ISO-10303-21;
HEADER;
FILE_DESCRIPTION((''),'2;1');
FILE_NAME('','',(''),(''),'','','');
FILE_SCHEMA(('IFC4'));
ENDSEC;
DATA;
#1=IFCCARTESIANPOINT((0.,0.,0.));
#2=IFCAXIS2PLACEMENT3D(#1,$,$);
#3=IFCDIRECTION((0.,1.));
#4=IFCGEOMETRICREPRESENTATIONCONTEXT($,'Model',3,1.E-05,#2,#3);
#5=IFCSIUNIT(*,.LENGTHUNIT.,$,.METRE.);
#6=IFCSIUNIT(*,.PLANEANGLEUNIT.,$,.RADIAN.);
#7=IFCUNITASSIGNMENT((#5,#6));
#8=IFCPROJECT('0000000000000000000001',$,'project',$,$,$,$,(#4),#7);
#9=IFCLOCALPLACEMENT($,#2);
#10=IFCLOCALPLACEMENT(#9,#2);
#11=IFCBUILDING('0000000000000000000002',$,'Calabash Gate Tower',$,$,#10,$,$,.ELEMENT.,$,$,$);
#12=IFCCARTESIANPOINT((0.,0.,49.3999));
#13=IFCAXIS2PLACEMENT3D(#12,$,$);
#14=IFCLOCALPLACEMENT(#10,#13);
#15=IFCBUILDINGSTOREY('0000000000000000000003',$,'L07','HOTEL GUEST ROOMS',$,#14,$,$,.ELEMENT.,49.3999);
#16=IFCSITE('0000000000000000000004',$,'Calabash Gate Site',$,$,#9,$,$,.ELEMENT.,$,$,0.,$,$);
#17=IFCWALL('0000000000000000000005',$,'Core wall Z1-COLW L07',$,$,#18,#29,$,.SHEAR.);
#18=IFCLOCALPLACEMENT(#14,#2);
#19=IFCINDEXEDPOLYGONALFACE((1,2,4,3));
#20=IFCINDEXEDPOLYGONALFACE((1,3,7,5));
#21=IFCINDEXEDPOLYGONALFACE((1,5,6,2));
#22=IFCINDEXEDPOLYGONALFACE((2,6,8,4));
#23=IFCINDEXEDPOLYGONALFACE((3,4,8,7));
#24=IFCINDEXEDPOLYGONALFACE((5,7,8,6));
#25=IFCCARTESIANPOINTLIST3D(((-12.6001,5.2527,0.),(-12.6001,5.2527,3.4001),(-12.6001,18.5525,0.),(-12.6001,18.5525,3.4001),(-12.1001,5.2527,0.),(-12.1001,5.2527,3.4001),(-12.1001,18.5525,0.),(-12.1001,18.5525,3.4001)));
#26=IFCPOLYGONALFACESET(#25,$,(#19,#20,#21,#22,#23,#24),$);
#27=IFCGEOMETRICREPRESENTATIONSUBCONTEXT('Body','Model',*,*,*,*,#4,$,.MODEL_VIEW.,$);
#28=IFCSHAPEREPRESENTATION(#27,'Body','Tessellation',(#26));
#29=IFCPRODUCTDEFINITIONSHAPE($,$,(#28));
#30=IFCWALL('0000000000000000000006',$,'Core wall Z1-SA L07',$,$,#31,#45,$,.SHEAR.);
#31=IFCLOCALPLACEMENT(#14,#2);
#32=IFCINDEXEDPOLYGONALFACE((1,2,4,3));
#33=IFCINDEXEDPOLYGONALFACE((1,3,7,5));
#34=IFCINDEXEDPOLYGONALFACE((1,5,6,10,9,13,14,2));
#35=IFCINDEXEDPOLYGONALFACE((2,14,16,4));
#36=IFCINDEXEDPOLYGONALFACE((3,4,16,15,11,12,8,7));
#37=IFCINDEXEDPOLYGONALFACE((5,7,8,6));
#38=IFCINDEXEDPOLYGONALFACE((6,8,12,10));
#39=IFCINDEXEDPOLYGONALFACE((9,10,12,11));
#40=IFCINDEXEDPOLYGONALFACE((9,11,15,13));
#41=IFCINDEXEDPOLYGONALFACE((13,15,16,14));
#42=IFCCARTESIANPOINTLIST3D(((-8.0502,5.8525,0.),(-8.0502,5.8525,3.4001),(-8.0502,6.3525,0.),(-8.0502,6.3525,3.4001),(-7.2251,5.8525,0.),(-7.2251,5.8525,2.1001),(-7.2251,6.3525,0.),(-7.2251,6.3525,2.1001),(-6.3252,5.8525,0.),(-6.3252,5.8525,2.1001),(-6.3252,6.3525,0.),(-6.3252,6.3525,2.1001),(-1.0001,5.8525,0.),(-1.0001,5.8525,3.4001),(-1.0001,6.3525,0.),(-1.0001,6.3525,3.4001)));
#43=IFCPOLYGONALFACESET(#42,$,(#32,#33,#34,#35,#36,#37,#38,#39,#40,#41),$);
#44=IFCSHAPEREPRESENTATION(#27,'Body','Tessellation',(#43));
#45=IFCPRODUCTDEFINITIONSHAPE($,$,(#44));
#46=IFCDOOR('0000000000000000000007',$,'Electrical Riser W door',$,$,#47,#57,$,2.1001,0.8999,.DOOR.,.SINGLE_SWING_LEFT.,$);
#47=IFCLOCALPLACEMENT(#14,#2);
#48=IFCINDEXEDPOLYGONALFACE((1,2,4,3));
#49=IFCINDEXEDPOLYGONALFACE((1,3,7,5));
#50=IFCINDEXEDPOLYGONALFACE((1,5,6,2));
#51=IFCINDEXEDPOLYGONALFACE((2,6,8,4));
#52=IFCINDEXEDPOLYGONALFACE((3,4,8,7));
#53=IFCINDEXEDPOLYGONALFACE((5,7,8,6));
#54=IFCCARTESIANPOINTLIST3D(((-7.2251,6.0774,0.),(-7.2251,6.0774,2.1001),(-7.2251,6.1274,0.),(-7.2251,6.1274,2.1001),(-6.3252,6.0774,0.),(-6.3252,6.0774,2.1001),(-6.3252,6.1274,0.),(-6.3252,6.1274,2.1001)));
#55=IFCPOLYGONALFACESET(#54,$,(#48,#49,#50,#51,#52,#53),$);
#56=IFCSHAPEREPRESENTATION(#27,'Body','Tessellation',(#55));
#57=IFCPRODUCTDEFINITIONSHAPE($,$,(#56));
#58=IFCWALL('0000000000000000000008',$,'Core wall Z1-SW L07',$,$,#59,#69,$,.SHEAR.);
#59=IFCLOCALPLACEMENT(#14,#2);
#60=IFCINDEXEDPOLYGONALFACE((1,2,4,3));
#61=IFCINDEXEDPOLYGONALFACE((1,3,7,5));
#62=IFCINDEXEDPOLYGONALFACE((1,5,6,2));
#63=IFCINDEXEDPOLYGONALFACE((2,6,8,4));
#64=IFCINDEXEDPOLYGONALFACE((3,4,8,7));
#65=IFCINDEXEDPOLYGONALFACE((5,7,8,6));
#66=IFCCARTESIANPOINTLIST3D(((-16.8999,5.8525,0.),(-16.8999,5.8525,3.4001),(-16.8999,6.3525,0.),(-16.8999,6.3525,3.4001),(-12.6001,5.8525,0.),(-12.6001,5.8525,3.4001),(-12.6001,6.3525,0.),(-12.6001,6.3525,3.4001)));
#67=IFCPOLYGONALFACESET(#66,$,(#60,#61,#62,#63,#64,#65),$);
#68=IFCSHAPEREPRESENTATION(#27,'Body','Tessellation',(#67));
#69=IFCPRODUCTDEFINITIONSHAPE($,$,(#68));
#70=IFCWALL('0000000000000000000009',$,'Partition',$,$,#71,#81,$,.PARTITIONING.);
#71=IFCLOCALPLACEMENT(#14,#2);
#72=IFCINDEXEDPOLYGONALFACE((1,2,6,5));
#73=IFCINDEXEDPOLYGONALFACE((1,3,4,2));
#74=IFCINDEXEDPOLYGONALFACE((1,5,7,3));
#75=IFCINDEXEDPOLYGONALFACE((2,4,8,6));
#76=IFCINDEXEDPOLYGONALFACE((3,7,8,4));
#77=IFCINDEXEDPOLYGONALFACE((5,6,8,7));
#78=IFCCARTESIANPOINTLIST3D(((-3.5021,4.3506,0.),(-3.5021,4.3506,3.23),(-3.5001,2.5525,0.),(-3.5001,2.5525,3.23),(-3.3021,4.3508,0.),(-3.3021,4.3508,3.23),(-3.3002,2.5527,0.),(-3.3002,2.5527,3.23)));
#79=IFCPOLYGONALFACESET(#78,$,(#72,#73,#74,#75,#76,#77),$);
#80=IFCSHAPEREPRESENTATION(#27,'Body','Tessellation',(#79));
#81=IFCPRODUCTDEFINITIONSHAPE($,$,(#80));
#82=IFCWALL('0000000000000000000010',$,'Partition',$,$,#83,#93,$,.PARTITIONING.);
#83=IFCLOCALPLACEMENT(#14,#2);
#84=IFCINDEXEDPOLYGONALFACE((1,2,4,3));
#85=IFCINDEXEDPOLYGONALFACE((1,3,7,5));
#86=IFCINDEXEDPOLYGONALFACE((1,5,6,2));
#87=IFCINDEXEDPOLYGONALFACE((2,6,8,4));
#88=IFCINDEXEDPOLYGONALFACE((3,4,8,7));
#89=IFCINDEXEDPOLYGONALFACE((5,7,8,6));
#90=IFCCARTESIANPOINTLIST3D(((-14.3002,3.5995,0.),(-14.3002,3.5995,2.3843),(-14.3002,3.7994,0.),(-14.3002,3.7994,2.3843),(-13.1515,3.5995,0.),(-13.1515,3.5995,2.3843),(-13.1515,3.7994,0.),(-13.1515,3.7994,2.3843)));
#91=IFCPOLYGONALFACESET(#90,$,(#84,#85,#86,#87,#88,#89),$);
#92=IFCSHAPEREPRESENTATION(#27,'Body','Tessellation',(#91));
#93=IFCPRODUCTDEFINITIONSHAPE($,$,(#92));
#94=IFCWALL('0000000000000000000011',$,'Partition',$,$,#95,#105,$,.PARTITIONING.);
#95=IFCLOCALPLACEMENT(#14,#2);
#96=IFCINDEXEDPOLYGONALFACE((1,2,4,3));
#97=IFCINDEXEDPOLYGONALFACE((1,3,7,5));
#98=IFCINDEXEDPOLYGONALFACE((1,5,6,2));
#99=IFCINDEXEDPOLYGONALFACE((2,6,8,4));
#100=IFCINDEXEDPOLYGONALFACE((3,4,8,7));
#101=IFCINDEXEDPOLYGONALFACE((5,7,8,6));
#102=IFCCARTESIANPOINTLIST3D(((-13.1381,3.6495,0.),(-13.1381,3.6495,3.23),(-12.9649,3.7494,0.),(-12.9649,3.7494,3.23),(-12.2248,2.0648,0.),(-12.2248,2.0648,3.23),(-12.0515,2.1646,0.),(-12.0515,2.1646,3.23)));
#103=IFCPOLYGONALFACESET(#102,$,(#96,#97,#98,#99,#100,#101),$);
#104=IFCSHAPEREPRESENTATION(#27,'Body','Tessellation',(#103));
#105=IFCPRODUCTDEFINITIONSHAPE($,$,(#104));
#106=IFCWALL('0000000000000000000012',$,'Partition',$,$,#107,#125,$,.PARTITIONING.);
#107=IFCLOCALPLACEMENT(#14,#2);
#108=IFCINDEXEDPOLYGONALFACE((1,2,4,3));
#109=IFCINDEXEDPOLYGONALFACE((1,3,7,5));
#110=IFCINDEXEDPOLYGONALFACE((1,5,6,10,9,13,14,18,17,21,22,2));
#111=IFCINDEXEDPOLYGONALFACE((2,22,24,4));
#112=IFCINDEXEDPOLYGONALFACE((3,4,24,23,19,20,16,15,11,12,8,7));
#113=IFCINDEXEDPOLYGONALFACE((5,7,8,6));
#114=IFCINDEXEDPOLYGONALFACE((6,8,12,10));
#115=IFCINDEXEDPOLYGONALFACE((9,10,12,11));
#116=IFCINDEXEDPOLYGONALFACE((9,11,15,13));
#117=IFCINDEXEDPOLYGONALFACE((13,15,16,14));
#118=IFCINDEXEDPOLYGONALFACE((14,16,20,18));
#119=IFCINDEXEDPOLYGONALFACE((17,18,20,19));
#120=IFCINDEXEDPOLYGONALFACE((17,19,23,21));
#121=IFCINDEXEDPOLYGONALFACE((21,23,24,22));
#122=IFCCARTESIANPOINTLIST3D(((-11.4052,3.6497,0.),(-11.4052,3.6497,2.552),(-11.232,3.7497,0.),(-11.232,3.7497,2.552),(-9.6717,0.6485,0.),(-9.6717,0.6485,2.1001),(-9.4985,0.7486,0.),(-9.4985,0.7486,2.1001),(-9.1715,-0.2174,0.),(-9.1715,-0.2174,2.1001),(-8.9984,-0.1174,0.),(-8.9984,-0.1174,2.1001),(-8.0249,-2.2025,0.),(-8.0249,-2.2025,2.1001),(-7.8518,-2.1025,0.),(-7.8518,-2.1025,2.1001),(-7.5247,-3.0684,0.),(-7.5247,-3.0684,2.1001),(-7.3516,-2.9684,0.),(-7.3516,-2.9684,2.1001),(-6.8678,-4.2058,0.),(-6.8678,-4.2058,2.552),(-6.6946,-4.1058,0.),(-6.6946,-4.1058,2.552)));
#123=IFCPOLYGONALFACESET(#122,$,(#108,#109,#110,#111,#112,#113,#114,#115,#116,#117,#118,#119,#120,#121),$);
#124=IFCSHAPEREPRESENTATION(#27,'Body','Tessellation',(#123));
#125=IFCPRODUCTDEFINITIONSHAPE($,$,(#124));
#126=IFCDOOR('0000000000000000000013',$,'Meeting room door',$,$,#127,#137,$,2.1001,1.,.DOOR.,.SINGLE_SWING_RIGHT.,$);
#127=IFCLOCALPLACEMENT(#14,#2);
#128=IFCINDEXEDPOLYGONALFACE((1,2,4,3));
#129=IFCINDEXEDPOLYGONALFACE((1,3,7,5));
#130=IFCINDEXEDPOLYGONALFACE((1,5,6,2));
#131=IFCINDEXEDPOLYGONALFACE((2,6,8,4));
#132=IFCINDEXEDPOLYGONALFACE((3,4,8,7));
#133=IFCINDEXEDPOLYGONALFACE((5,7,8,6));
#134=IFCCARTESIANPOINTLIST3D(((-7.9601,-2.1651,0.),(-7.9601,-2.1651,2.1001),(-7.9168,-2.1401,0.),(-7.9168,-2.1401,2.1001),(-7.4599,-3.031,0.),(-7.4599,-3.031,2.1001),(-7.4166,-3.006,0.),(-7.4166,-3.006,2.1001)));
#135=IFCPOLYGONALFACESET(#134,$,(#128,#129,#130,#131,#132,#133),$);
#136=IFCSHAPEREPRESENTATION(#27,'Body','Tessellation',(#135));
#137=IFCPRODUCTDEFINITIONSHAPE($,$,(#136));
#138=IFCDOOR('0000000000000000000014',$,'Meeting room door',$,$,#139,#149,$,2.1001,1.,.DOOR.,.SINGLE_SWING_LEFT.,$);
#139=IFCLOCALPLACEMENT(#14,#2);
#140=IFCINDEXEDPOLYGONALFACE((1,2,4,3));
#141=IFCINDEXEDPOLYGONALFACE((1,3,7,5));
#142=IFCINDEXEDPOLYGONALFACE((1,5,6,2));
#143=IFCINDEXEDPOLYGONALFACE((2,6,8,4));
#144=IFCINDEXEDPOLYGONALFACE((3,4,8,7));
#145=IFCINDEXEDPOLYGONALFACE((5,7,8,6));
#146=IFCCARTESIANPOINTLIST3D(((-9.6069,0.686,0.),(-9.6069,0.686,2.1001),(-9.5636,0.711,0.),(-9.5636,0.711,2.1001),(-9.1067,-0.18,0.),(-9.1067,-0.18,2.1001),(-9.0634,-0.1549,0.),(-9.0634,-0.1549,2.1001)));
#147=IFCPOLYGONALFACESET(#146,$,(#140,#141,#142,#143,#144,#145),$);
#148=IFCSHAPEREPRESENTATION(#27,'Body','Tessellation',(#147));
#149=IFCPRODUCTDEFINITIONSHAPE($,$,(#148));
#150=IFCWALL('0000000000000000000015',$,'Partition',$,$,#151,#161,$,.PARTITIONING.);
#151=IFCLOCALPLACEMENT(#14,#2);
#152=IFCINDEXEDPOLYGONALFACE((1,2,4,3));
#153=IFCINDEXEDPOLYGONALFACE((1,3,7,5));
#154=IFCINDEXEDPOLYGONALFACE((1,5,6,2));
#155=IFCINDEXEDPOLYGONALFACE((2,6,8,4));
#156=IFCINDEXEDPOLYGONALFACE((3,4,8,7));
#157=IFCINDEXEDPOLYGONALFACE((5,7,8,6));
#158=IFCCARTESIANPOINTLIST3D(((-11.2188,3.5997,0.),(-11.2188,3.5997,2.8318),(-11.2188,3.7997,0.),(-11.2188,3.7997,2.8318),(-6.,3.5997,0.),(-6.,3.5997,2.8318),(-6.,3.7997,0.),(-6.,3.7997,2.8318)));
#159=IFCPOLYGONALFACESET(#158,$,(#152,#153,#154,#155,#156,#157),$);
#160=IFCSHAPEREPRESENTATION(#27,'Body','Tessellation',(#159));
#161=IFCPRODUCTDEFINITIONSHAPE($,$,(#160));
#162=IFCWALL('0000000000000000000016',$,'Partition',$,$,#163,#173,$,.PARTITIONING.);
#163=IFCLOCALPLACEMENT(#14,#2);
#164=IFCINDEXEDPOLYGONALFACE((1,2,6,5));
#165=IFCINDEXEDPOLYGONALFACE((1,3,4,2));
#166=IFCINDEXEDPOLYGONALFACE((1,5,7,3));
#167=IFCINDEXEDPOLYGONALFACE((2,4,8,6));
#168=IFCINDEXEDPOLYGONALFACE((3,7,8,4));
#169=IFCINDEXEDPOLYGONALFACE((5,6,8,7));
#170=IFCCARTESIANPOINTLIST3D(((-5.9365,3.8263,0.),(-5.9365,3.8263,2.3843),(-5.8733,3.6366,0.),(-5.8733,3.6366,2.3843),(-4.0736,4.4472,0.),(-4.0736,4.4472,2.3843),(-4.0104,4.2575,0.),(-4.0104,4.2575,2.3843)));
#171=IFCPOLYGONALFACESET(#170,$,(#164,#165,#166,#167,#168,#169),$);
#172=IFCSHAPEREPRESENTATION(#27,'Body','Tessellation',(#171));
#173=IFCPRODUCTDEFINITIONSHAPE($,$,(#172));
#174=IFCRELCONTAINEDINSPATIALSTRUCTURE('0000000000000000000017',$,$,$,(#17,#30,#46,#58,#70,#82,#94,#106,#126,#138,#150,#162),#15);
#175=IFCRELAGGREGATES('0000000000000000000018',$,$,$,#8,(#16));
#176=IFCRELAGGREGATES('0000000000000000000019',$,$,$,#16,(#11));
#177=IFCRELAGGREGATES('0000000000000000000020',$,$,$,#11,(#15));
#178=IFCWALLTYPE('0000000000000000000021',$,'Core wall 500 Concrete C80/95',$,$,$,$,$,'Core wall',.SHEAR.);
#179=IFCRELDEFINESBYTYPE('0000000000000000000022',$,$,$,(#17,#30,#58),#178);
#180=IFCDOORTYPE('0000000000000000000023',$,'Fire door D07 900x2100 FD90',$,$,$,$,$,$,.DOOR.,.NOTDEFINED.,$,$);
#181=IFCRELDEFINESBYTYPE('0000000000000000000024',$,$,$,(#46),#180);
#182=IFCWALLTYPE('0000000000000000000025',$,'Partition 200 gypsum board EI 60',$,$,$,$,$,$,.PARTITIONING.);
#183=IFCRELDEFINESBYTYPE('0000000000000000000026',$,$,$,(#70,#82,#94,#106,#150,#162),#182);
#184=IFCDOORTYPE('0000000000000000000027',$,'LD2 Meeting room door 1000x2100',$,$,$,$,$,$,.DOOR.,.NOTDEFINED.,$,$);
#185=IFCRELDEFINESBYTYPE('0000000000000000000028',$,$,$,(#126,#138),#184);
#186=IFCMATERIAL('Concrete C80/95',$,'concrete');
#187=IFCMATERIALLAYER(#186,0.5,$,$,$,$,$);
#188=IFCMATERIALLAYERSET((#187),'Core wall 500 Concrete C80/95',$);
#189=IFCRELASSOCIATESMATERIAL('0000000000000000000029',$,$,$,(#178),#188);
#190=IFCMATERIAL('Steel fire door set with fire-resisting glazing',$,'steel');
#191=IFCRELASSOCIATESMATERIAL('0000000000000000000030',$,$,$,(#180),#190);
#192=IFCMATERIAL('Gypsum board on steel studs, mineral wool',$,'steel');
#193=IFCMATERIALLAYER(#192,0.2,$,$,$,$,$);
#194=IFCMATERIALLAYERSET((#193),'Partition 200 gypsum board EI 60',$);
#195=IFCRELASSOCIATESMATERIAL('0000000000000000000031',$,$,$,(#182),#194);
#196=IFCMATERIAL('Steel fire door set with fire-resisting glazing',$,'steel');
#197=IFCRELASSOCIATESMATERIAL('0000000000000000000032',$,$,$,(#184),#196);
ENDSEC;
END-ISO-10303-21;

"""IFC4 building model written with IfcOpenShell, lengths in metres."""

from ifc_helpers import new_model, si_unit, direction, frame, frame_2d, origin, place, context, subcontext, project, spatial, rectangle, extrude, material, layer, layer_set, type_object, element, fill, save


model = new_model("IFC4")

# Units and contexts
model_context = context("Model", 3, precision=1e-05, world=origin(), true_north=direction((0.0, 1.0)))
body_context = subcontext(model_context, "Body", "Model", "MODEL_VIEW")
ifc_project = project(units=[si_unit("LENGTHUNIT", "METRE"), si_unit("PLANEANGLEUNIT", "RADIAN")], contexts=[model_context])

# Site, building, storey
site_placement = place(None, origin())
site = spatial("IfcSite", under=ifc_project, at=site_placement, Name="Calabash Gate Site", CompositionType="ELEMENT", RefElevation=0.0)
building_placement = place(site_placement, origin())
building = spatial("IfcBuilding", under=site, at=building_placement, Name="Calabash Gate Tower", CompositionType="ELEMENT")
storey_placement = place(building_placement, frame((0.0, 0.0, 49.3999)))
storey = spatial("IfcBuildingStorey", under=building, at=storey_placement, Name="L07", Description="HOTEL GUEST ROOMS", CompositionType="ELEMENT", Elevation=49.3999)

# Wall
ifc_material_1 = material(Name="Concrete C80/95", Category="concrete")
ifc_layer_1 = layer(ifc_material_1, 0.5)
ifc_layer_set_1 = layer_set([ifc_layer_1], Name="Core wall 500 Concrete C80/95")
wall_type_1 = type_object("IfcWallType", Name="Core wall 500 Concrete C80/95", ElementType="Core wall", PredefinedType="SHEAR", material=ifc_layer_set_1)
wall_1_placement = place(storey_placement, frame((-12.3501, 5.2527, 0.0), z_axis=(0.0, 0.0, 1.0), x_axis=(0.0, 1.0, 0.0)))
element("IfcWall", 1, at=wall_1_placement, inside=storey, type_object=wall_type_1, Name="Core wall Z1-COLW L07", PredefinedType="SHEAR", context=body_context, shape_type="SweptSolid", body=[
    extrude(rectangle(XDim=13.2998, YDim=0.5, at=frame_2d((6.6499, 0.0))), origin(), (0.0, 0.0, 1.0), 3.4001),
])

# Wall, opening, door
wall_2_placement = place(storey_placement, frame((-8.05, 6.1025, 0.0), z_axis=(0.0, 0.0, 1.0), x_axis=(1.0, 0.0, 0.0)))
wall_2 = element("IfcWall", 2, at=wall_2_placement, inside=storey, type_object=wall_type_1, Name="Core wall Z1-SA L07", PredefinedType="SHEAR", context=body_context, shape_type="SweptSolid", body=[
    extrude(rectangle(XDim=7.05, YDim=0.5, at=frame_2d((3.5249, 0.0))), origin(), (0.0, 0.0, 1.0), 3.4001),
])
opening_1_placement = place(wall_2_placement, frame((0.825, 0.0, 0.0)))
opening_1 = element("IfcOpeningElement", 3, at=opening_1_placement, cuts=wall_2, PredefinedType="OPENING", context=body_context, shape_type="SweptSolid", body=[
    extrude(rectangle(XDim=0.8999, YDim=2.1001, at=frame_2d((0.45, 1.05))), frame((0.0, 0.26, 0.0), z_axis=(0.0, -1.0, 0.0), x_axis=(1.0, 0.0, 0.0)), (0.0, 0.0, 1.0), 0.52),
])
ifc_material_2 = material(Name="Steel fire door set with fire-resisting glazing", Category="steel")
door_type_1 = type_object("IfcDoorType", Name="Fire door D07 900x2100 FD90", OperationType="NOTDEFINED", PredefinedType="DOOR", material=ifc_material_2)
door_1_placement = place(opening_1_placement, origin())
door_1 = element("IfcDoor", 4, at=door_1_placement, inside=storey, type_object=door_type_1, Name="Electrical Riser W door", OperationType="SINGLE_SWING_LEFT", OverallHeight=2.1001, OverallWidth=0.8999, PredefinedType="DOOR", context=body_context, shape_type="SweptSolid", body=[
    extrude(rectangle(XDim=0.8999, YDim=2.1001, at=frame_2d((0.45, 1.05))), frame((0.0, 0.0249, 0.0), z_axis=(0.0, -1.0, 0.0), x_axis=(1.0, 0.0, 0.0)), (0.0, 0.0, 1.0), 0.05),
])
fill(opening_1, door_1)

# Walls
wall_3_placement = place(storey_placement, frame((-12.6001, 6.1025, 0.0), z_axis=(0.0, 0.0, 1.0), x_axis=(-1.0, 0.0, 0.0)))
element("IfcWall", 5, at=wall_3_placement, inside=storey, type_object=wall_type_1, Name="Core wall Z1-SW L07", PredefinedType="SHEAR", context=body_context, shape_type="SweptSolid", body=[
    extrude(rectangle(XDim=4.2998, YDim=0.5, at=frame_2d((2.1499, 0.0))), origin(), (0.0, 0.0, 1.0), 3.4001),
])
ifc_material_3 = material(Name="Gypsum board on steel studs, mineral wool", Category="steel")
ifc_layer_2 = layer(ifc_material_3, 0.2)
ifc_layer_set_2 = layer_set([ifc_layer_2], Name="Partition 200 gypsum board EI 60")
wall_type_2 = type_object("IfcWallType", Name="Partition 200 gypsum board EI 60", PredefinedType="PARTITIONING", material=ifc_layer_set_2)
wall_4_placement = place(storey_placement, frame((-3.4021, 4.3506, 0.0), z_axis=(0.0, 0.0, 1.0), x_axis=(0.001086, -0.999999, 0.0)))
element("IfcWall", 6, at=wall_4_placement, inside=storey, type_object=wall_type_2, Name="Partition", PredefinedType="PARTITIONING", context=body_context, shape_type="SweptSolid", body=[
    extrude(rectangle(XDim=1.7981, YDim=0.2, at=frame_2d((0.8989, 0.0))), origin(), (0.0, 0.0, 1.0), 3.23),
])
wall_5_placement = place(storey_placement, frame((-14.3, 3.6995, 0.0), z_axis=(0.0, 0.0, 1.0), x_axis=(1.0, 0.0, 0.0)))
element("IfcWall", 7, at=wall_5_placement, inside=storey, type_object=wall_type_2, Name="Partition", PredefinedType="PARTITIONING", context=body_context, shape_type="SweptSolid", body=[
    extrude(rectangle(XDim=1.1487, YDim=0.2, at=frame_2d((0.5742, 0.0))), origin(), (0.0, 0.0, 1.0), 2.3843),
])
wall_6_placement = place(storey_placement, frame((-13.0515, 3.6995, 0.0), z_axis=(0.0, 0.0, 1.0), x_axis=(0.499341, -0.866405, 0.0)))
element("IfcWall", 8, at=wall_6_placement, inside=storey, type_object=wall_type_2, Name="Partition", PredefinedType="PARTITIONING", context=body_context, shape_type="SweptSolid", body=[
    extrude(rectangle(XDim=1.8291, YDim=0.2, at=frame_2d((0.9146, 0.0))), origin(), (0.0, 0.0, 1.0), 3.23),
])

# Wall, openings, doors
wall_7_placement = place(storey_placement, frame((-11.3186, 3.6997, 0.0), z_axis=(0.0, 0.0, 1.0), x_axis=(0.500165, -0.86593, 0.0)))
wall_7 = element("IfcWall", 9, at=wall_7_placement, inside=storey, type_object=wall_type_2, Name="Partition", PredefinedType="PARTITIONING", context=body_context, shape_type="SweptSolid", body=[
    extrude(rectangle(XDim=9.0718, YDim=0.2, at=frame_2d((4.5359, 0.0))), origin(), (0.0, 0.0, 1.0), 2.552),
])
opening_2_placement = place(wall_7_placement, frame((6.7583, 0.0, 0.0)))
opening_2 = element("IfcOpeningElement", 10, at=opening_2_placement, cuts=wall_7, PredefinedType="OPENING", context=body_context, shape_type="SweptSolid", body=[
    extrude(rectangle(XDim=1.0, YDim=2.1001, at=frame_2d((0.5, 1.05))), frame((0.0, 0.1099, 0.0), z_axis=(0.0, -1.0, 0.0), x_axis=(1.0, 0.0, 0.0)), (0.0, 0.0, 1.0), 0.22),
])
opening_3_placement = place(wall_7_placement, frame((3.4658, 0.0, 0.0)))
opening_3 = element("IfcOpeningElement", 11, at=opening_3_placement, cuts=wall_7, PredefinedType="OPENING", context=body_context, shape_type="SweptSolid", body=[
    extrude(rectangle(XDim=1.0, YDim=2.1001, at=frame_2d((0.5, 1.05))), frame((0.0, 0.1099, 0.0), z_axis=(0.0, -1.0, 0.0), x_axis=(1.0, 0.0, 0.0)), (0.0, 0.0, 1.0), 0.22),
])
ifc_material_4 = material(Name="Steel fire door set with fire-resisting glazing", Category="steel")
door_type_2 = type_object("IfcDoorType", Name="LD2 Meeting room door 1000x2100", OperationType="NOTDEFINED", PredefinedType="DOOR", material=ifc_material_4)
door_2_placement = place(opening_2_placement, origin())
door_2 = element("IfcDoor", 12, at=door_2_placement, inside=storey, type_object=door_type_2, Name="Meeting room door", OperationType="SINGLE_SWING_RIGHT", OverallHeight=2.1001, OverallWidth=1.0, PredefinedType="DOOR", context=body_context, shape_type="SweptSolid", body=[
    extrude(rectangle(XDim=1.0, YDim=2.1001, at=frame_2d((0.5, 1.05))), frame((0.0, 0.0249, 0.0), z_axis=(0.0, -1.0, 0.0), x_axis=(1.0, 0.0, 0.0)), (0.0, 0.0, 1.0), 0.05),
])
fill(opening_2, door_2)
door_3_placement = place(opening_3_placement, origin())
door_3 = element("IfcDoor", 13, at=door_3_placement, inside=storey, type_object=door_type_2, Name="Meeting room door", OperationType="SINGLE_SWING_LEFT", OverallHeight=2.1001, OverallWidth=1.0, PredefinedType="DOOR", context=body_context, shape_type="SweptSolid", body=[
    extrude(rectangle(XDim=1.0, YDim=2.1001, at=frame_2d((0.5, 1.05))), frame((0.0, 0.0249, 0.0), z_axis=(0.0, -1.0, 0.0), x_axis=(1.0, 0.0, 0.0)), (0.0, 0.0, 1.0), 0.05),
])
fill(opening_3, door_3)

# Walls
wall_8_placement = place(storey_placement, frame((-11.2188, 3.6997, 0.0), z_axis=(0.0, 0.0, 1.0), x_axis=(1.0, 0.0, 0.0)))
element("IfcWall", 14, at=wall_8_placement, inside=storey, type_object=wall_type_2, Name="Partition", PredefinedType="PARTITIONING", context=body_context, shape_type="SweptSolid", body=[
    extrude(rectangle(XDim=5.2188, YDim=0.2, at=frame_2d((2.6094, 0.0))), origin(), (0.0, 0.0, 1.0), 2.8318),
])
wall_9_placement = place(storey_placement, frame((-5.905, 3.7314, 0.0), z_axis=(0.0, 0.0, 1.0), x_axis=(0.948696, 0.31619, 0.0)))
element("IfcWall", 15, at=wall_9_placement, inside=storey, type_object=wall_type_2, Name="Partition", PredefinedType="PARTITIONING", context=body_context, shape_type="SweptSolid", body=[
    extrude(rectangle(XDim=1.9636, YDim=0.2, at=frame_2d((0.9819, 0.0))), origin(), (0.0, 0.0, 1.0), 2.3843),
])

save(model, "model.ifc")
